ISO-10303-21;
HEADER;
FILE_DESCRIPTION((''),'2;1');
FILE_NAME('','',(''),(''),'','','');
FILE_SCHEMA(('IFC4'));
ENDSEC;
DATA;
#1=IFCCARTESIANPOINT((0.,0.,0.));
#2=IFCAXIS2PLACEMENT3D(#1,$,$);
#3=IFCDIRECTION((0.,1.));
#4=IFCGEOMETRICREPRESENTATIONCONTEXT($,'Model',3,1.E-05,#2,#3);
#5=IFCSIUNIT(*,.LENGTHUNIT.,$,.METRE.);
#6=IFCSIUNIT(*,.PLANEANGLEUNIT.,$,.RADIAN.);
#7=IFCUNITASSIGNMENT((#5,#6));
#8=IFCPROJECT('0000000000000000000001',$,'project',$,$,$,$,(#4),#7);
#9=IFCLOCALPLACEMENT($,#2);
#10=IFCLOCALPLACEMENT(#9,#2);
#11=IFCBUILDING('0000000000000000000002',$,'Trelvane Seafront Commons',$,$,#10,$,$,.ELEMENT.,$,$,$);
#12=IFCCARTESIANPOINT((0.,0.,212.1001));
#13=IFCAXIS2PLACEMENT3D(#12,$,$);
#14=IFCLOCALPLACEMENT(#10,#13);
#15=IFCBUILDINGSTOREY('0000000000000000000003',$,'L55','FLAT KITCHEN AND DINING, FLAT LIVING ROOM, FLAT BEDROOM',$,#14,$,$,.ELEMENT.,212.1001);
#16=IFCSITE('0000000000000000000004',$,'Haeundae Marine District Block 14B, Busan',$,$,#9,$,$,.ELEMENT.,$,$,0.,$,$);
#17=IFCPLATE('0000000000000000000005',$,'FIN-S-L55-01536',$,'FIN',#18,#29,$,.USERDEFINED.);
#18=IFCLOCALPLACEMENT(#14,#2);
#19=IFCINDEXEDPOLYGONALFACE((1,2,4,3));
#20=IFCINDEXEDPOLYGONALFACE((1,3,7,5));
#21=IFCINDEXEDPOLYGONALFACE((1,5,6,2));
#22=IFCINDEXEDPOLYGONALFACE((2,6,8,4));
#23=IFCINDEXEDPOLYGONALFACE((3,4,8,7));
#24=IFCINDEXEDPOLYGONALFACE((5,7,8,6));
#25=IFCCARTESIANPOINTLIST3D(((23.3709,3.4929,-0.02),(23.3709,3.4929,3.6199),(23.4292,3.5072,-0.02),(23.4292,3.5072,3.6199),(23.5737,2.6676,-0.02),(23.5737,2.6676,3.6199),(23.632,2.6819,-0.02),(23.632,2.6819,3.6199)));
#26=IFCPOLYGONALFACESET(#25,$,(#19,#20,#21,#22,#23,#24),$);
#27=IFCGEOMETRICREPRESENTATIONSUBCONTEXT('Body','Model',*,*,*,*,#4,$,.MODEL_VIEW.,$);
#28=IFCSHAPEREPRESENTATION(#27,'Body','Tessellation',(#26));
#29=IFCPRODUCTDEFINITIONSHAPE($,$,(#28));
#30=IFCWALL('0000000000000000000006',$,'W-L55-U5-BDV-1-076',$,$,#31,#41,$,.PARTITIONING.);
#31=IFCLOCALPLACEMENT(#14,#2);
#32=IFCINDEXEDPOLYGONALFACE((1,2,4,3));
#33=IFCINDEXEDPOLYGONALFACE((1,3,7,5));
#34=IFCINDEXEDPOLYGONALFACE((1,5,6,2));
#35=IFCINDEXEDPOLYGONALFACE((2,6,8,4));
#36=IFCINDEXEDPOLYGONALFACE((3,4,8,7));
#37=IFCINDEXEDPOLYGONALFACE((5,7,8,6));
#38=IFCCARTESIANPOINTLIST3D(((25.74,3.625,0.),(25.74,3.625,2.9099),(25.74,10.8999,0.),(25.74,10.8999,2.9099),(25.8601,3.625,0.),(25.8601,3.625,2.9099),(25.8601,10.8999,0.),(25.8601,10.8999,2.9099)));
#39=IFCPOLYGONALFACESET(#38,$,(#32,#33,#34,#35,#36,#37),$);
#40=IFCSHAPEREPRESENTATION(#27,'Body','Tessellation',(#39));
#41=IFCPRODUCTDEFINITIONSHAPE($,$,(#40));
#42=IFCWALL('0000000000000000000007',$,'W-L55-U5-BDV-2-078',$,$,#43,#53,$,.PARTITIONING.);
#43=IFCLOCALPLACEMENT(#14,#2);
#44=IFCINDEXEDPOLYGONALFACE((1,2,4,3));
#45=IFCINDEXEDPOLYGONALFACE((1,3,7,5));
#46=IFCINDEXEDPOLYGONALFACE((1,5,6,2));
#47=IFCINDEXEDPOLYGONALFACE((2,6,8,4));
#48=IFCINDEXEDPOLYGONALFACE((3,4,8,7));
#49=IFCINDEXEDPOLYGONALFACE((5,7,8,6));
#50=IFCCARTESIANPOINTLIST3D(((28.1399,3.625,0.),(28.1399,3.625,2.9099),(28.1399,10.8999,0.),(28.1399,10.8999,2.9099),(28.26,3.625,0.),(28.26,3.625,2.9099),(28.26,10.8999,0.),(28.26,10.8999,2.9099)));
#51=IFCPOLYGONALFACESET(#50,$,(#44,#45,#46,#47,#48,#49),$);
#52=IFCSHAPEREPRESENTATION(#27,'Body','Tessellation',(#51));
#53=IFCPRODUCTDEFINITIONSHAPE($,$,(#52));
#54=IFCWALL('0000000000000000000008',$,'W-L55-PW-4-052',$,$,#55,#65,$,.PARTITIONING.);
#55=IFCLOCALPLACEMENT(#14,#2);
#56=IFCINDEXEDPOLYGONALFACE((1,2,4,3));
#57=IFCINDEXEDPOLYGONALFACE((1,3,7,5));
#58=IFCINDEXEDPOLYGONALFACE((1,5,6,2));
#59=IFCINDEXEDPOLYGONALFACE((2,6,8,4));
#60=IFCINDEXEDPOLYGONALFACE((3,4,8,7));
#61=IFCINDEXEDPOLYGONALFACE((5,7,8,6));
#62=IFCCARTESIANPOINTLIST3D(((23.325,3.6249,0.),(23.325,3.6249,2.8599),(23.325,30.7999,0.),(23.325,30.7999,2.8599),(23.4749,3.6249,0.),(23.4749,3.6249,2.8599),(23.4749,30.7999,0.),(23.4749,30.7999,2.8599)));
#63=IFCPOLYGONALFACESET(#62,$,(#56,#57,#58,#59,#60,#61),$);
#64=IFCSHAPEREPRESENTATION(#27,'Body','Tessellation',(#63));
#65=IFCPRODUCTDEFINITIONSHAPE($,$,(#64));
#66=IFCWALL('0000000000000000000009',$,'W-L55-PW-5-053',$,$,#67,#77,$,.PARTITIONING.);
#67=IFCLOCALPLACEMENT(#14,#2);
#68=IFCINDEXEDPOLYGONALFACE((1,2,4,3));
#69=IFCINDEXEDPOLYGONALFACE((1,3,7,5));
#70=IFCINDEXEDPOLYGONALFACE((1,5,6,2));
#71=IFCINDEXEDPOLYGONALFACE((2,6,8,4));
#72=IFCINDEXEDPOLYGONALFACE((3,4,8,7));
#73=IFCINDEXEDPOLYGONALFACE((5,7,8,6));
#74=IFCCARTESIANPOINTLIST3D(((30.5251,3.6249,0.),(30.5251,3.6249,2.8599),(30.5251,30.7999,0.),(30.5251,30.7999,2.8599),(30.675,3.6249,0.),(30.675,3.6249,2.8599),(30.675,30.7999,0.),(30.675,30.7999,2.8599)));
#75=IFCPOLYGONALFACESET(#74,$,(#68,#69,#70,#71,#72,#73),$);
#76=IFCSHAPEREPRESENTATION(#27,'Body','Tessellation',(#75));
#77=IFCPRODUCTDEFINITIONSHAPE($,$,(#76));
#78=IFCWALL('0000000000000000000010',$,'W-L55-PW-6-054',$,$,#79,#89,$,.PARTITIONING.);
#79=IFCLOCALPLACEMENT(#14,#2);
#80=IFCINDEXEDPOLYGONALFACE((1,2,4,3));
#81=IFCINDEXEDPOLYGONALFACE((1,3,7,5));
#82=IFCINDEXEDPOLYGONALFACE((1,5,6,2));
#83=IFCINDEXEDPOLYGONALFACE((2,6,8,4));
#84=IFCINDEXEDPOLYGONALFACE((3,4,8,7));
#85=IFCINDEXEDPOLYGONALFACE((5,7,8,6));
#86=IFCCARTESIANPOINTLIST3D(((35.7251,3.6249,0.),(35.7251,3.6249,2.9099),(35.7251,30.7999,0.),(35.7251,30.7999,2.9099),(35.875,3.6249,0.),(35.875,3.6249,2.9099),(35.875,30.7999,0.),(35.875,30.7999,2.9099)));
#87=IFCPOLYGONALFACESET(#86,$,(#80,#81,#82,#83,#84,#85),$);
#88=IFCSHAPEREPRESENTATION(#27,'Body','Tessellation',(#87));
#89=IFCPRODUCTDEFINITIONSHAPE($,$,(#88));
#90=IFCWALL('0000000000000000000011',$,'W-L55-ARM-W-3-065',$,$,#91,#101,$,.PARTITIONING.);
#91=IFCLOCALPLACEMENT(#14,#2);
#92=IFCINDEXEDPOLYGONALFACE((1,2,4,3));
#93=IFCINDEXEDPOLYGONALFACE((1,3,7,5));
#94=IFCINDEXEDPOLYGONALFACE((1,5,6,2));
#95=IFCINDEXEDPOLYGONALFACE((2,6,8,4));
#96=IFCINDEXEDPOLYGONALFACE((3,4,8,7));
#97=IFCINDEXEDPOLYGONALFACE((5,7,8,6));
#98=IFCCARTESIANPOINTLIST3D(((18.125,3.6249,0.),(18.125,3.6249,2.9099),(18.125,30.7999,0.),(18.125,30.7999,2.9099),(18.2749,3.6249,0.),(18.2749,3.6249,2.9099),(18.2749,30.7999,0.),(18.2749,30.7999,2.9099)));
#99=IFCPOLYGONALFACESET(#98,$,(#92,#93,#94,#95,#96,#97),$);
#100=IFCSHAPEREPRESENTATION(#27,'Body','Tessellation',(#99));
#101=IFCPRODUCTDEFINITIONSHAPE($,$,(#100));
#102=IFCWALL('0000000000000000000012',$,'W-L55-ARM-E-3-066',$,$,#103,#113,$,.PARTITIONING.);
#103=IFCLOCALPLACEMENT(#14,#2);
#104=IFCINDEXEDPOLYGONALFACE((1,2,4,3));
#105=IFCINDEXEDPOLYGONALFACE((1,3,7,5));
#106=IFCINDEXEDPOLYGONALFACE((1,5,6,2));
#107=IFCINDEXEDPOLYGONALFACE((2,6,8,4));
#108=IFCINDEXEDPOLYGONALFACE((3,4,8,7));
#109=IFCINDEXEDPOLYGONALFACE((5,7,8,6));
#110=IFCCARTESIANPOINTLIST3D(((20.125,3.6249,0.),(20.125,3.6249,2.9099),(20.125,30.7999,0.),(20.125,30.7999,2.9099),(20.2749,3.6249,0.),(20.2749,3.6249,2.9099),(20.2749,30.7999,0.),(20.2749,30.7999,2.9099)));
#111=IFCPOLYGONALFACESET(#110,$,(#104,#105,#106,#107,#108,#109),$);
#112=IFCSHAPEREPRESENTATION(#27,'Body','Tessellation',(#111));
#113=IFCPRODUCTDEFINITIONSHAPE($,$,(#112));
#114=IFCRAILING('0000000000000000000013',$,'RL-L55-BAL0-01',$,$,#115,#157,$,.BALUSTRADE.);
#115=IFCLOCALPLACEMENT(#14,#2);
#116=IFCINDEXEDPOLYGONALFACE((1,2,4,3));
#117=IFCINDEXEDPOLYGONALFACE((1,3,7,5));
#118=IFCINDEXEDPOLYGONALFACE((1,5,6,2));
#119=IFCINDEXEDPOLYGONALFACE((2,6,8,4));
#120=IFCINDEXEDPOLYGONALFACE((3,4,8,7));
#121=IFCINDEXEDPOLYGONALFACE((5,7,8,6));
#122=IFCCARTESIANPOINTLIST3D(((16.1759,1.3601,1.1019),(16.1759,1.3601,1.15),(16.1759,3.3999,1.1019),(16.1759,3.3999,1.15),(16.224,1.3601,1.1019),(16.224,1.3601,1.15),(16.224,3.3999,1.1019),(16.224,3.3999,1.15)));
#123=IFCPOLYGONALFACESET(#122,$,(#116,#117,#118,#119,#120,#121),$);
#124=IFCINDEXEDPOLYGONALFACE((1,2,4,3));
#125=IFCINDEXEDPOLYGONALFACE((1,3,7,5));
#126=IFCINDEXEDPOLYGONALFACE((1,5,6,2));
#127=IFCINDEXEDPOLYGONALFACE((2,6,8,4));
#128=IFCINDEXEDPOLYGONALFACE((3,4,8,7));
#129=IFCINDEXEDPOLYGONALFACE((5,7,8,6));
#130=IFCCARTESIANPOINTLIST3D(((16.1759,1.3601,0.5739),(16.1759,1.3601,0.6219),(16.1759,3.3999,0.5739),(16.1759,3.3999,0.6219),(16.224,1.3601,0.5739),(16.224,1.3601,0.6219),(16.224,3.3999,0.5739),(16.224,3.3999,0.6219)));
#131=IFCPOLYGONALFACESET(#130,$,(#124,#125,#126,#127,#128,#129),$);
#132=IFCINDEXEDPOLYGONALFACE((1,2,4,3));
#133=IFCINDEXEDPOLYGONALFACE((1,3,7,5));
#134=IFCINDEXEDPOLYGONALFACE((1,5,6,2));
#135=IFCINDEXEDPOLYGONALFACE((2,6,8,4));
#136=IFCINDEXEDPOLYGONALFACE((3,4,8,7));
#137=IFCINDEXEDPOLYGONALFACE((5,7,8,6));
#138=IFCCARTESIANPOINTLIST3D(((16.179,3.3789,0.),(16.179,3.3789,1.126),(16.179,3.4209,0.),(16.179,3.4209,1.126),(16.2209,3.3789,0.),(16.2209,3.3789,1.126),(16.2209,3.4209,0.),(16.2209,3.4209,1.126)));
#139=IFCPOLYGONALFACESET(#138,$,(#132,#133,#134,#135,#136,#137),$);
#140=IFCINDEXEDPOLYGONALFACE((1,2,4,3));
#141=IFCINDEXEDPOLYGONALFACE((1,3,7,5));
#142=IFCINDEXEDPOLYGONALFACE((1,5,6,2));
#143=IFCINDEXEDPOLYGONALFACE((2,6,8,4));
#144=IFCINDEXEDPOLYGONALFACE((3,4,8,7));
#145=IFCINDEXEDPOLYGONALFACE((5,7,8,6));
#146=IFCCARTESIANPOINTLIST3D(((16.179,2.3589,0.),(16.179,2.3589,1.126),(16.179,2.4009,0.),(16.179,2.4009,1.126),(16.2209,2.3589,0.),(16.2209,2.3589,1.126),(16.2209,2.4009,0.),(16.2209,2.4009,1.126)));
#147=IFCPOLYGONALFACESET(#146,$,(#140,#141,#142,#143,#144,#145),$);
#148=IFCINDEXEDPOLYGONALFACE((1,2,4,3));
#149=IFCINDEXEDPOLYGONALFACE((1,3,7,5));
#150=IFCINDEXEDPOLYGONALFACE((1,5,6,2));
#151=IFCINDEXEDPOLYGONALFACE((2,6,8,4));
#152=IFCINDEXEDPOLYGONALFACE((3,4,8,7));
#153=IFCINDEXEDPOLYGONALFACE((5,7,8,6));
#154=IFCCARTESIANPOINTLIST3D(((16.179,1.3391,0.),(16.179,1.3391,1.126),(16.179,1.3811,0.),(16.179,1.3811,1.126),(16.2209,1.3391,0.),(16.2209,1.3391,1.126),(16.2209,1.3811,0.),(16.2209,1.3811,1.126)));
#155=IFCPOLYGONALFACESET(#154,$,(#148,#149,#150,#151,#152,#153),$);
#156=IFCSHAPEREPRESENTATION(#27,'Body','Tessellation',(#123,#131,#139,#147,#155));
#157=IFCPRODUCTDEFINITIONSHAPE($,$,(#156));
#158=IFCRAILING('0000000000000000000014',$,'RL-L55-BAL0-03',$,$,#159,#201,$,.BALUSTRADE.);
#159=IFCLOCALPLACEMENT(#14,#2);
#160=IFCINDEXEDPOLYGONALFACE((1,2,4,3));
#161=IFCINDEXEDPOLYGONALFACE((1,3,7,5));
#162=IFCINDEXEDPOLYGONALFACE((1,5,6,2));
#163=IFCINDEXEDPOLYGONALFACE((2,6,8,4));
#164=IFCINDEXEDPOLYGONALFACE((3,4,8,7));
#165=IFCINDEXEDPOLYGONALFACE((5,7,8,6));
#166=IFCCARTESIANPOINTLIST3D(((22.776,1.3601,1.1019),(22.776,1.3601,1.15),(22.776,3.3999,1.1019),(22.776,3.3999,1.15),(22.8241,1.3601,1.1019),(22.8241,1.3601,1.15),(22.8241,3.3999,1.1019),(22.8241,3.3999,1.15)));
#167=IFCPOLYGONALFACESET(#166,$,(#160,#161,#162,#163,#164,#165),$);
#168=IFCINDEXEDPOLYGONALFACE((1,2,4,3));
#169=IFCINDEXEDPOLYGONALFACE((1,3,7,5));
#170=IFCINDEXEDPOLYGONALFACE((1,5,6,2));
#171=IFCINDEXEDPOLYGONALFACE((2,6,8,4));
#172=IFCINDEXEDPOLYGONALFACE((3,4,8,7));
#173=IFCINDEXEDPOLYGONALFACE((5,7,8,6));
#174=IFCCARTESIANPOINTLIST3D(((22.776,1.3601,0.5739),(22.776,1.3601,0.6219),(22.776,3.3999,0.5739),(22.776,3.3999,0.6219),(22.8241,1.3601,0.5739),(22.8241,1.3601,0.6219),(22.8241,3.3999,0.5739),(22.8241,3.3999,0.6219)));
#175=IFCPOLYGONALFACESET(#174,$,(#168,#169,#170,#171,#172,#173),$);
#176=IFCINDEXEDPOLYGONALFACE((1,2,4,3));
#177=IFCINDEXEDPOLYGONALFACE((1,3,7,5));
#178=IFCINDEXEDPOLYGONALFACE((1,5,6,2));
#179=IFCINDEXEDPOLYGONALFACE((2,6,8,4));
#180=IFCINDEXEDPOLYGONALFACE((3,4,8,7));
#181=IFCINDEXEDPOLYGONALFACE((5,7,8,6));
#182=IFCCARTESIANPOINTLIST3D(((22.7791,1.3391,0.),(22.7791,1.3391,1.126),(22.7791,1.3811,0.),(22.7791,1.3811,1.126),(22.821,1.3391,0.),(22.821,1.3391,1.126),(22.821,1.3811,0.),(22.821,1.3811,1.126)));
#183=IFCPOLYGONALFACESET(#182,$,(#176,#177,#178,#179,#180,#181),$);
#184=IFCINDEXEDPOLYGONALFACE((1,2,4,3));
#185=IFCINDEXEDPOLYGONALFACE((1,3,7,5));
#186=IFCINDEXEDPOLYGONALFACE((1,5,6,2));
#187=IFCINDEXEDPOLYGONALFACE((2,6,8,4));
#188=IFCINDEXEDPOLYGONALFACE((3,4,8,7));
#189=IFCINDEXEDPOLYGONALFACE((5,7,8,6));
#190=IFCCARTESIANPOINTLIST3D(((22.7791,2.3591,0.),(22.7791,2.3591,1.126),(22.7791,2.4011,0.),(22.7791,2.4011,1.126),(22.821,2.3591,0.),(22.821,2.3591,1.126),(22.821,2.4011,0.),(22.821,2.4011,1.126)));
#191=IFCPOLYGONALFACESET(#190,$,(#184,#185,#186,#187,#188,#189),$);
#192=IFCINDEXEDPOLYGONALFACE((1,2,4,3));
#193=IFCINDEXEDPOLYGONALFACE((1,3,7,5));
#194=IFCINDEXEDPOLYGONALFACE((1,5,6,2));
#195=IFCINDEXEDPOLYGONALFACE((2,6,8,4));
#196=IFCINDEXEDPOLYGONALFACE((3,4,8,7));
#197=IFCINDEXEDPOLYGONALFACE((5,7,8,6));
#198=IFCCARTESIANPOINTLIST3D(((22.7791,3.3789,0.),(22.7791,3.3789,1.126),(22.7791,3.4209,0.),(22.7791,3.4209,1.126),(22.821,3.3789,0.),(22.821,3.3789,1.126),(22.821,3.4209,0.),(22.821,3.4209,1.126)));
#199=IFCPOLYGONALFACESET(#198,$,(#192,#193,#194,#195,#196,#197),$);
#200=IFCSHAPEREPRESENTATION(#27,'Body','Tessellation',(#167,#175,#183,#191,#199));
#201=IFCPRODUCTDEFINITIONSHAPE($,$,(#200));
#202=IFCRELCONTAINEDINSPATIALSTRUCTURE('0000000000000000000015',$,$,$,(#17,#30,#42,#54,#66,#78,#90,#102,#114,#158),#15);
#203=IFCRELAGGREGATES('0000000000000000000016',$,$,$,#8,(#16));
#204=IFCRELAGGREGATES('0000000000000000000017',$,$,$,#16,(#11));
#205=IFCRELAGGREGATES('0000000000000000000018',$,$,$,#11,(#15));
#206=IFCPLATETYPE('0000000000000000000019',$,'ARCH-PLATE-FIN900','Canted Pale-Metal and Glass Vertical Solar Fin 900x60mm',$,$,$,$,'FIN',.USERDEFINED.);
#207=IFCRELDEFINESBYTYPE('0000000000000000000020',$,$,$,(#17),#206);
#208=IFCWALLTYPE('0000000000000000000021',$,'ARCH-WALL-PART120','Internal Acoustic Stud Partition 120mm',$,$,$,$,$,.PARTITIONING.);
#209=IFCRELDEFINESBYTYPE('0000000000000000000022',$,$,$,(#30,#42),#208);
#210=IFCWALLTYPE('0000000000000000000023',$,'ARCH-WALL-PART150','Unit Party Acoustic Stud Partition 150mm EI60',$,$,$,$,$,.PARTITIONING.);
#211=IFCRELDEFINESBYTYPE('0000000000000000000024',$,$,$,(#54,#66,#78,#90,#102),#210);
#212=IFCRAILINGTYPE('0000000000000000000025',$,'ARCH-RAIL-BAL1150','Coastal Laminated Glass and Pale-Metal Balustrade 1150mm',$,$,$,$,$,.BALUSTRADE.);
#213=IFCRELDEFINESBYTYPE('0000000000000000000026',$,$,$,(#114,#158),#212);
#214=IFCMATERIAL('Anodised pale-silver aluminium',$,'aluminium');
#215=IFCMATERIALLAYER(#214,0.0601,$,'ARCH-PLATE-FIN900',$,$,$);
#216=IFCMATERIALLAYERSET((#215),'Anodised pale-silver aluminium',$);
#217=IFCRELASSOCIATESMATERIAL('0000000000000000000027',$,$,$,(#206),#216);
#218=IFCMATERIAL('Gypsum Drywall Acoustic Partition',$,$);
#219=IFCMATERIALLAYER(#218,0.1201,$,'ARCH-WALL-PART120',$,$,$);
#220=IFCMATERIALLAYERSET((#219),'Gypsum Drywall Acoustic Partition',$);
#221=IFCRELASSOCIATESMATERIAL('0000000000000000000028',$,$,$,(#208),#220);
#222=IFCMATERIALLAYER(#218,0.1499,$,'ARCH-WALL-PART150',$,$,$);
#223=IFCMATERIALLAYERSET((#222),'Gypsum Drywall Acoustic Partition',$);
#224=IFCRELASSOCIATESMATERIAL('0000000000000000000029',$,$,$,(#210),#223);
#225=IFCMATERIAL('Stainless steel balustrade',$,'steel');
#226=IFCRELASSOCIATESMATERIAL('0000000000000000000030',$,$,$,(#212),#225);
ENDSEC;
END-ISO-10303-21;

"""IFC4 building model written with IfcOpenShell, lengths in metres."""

from ifc_helpers import new_model, si_unit, direction, frame, frame_2d, origin, origin_2d, place, context, subcontext, project, spatial, rectangle, extrude, source, transform, mapped, material, layer, layer_set, type_object, element, save


model = new_model("IFC4")

# Units and contexts
model_context = context("Model", 3, precision=1e-05, world=origin(), true_north=direction((0.0, 1.0)))
body_context = subcontext(model_context, "Body", "Model", "MODEL_VIEW")
ifc_project = project(units=[si_unit("LENGTHUNIT", "METRE"), si_unit("PLANEANGLEUNIT", "RADIAN")], contexts=[model_context])

# Site, building, storey
site_placement = place(None, origin())
site = spatial("IfcSite", under=ifc_project, at=site_placement, Name="Haeundae Marine District Block 14B, Busan", CompositionType="ELEMENT", RefElevation=0.0)
building_placement = place(site_placement, origin())
building = spatial("IfcBuilding", under=site, at=building_placement, Name="Trelvane Seafront Commons", CompositionType="ELEMENT")
storey_placement = place(building_placement, frame((0.0, 0.0, 212.1001)))
storey = spatial("IfcBuildingStorey", under=building, at=storey_placement, Name="L55", Description="FLAT KITCHEN AND DINING, FLAT LIVING ROOM, FLAT BEDROOM", CompositionType="ELEMENT", Elevation=212.1001)

# Plate
ifc_material_1 = material(Name="Anodised pale-silver aluminium", Category="aluminium")
ifc_layer_1 = layer(ifc_material_1, 0.0601, Name="ARCH-PLATE-FIN900")
ifc_layer_set_1 = layer_set([ifc_layer_1], Name="Anodised pale-silver aluminium")
plate_type_1 = type_object("IfcPlateType", Name="ARCH-PLATE-FIN900", Description="Canted Pale-Metal and Glass Vertical Solar Fin 900x60mm", ElementType="FIN", PredefinedType="USERDEFINED", material=ifc_layer_set_1)
shared_shape_1 = source(origin(), body_context, "Body", "SweptSolid", [
    extrude(rectangle(XDim=0.8499, YDim=0.0601, at=origin_2d()), origin(), (0.0, 0.0, 1.0), 3.6399),
])
plate_1_placement = place(storey_placement, frame((23.5015, 3.0874, -0.02), z_axis=(0.0, 0.0, 1.0), x_axis=(0.238603, -0.971117, 0.0)))
element("IfcPlate", 1, at=plate_1_placement, inside=storey, type_object=plate_type_1, Name="FIN-S-L55-01536", ObjectType="FIN", PredefinedType="USERDEFINED", context=body_context, shape_type="MappedRepresentation", body=[
    mapped(shared_shape_1, transform((0.0, 0.0, 0.0), x_axis=(1.0, 0.0, 0.0), y_axis=(0.0, 1.0, 0.0), z_axis=(0.0, 0.0, 1.0), scale=1.0)),
])

# Shared definitions
ifc_material_2 = material(Name="Gypsum Drywall Acoustic Partition")
ifc_layer_2 = layer(ifc_material_2, 0.1201, Name="ARCH-WALL-PART120")
ifc_layer_set_2 = layer_set([ifc_layer_2], Name="Gypsum Drywall Acoustic Partition")
wall_type_1 = type_object("IfcWallType", Name="ARCH-WALL-PART120", Description="Internal Acoustic Stud Partition 120mm", PredefinedType="PARTITIONING", material=ifc_layer_set_2)

# Wall
wall_1_placement = place(storey_placement, frame((25.8, 3.625, 0.0), z_axis=(0.0, 0.0, 1.0), x_axis=(0.0, 1.0, 0.0)))
element("IfcWall", 2, at=wall_1_placement, inside=storey, type_object=wall_type_1, Name="W-L55-U5-BDV-1-076", PredefinedType="PARTITIONING", context=body_context, shape_type="SweptSolid", body=[
    extrude(rectangle(XDim=7.2749, YDim=0.1201, at=frame_2d((3.6375, 0.0))), origin(), (0.0, 0.0, 1.0), 2.9099),
])

# Walls
wall_2_placement = place(storey_placement, frame((28.2, 3.625, 0.0), z_axis=(0.0, 0.0, 1.0), x_axis=(0.0, 1.0, 0.0)))
element("IfcWall", 3, at=wall_2_placement, inside=storey, type_object=wall_type_1, Name="W-L55-U5-BDV-2-078", PredefinedType="PARTITIONING", context=body_context, shape_type="SweptSolid", body=[
    extrude(rectangle(XDim=7.2749, YDim=0.1201, at=frame_2d((3.6375, 0.0))), origin(), (0.0, 0.0, 1.0), 2.9099),
])
ifc_layer_3 = layer(ifc_material_2, 0.1499, Name="ARCH-WALL-PART150")
ifc_layer_set_3 = layer_set([ifc_layer_3], Name="Gypsum Drywall Acoustic Partition")
wall_type_2 = type_object("IfcWallType", Name="ARCH-WALL-PART150", Description="Unit Party Acoustic Stud Partition 150mm EI60", PredefinedType="PARTITIONING", material=ifc_layer_set_3)
for number, where, z_axis, x_axis, name in (
    (4, (23.3999, 3.625, 0.0), (0.0, 0.0, 1.0), (0.0, 1.0, 0.0), "W-L55-PW-4-052"),
    (5, (30.6001, 3.625, 0.0), (0.0, 0.0, 1.0), (0.0, 1.0, 0.0), "W-L55-PW-5-053"),
):
    element("IfcWall", number, at=place(storey_placement, frame(where, z_axis=z_axis, x_axis=x_axis)), inside=storey, type_object=wall_type_2, Name=name, PredefinedType="PARTITIONING", context=body_context, shape_type="SweptSolid", body=[
        extrude(rectangle(XDim=27.175, YDim=0.1499, at=frame_2d((13.5874, 0.0))), origin(), (0.0, 0.0, 1.0), 2.8599),
    ])
for number, where, z_axis, x_axis, name in (
    (6, (35.8, 3.625, 0.0), (0.0, 0.0, 1.0), (0.0, 1.0, 0.0), "W-L55-PW-6-054"),
    (7, (18.2, 3.625, 0.0), (0.0, 0.0, 1.0), (0.0, 1.0, 0.0), "W-L55-ARM-W-3-065"),
    (8, (20.2, 3.625, 0.0), (0.0, 0.0, 1.0), (0.0, 1.0, 0.0), "W-L55-ARM-E-3-066"),
):
    element("IfcWall", number, at=place(storey_placement, frame(where, z_axis=z_axis, x_axis=x_axis)), inside=storey, type_object=wall_type_2, Name=name, PredefinedType="PARTITIONING", context=body_context, shape_type="SweptSolid", body=[
        extrude(rectangle(XDim=27.175, YDim=0.1499, at=frame_2d((13.5874, 0.0))), origin(), (0.0, 0.0, 1.0), 2.9099),
    ])

# Railings
ifc_material_3 = material(Name="Stainless steel balustrade", Category="steel")
railing_type = type_object("IfcRailingType", Name="ARCH-RAIL-BAL1150", Description="Coastal Laminated Glass and Pale-Metal Balustrade 1150mm", PredefinedType="BALUSTRADE", material=ifc_material_3)
railing_1_placement = place(storey_placement, frame((16.2, 3.3999, 0.0)))
element("IfcRailing", 9, at=railing_1_placement, inside=storey, type_object=railing_type, Name="RL-L55-BAL0-01", PredefinedType="BALUSTRADE", context=body_context, shape_type="SweptSolid", body=[
    extrude(rectangle(XDim=0.0481, YDim=0.0481, at=origin_2d()), frame((0.0, 0.0, 1.126), z_axis=(0.0, -1.0, 0.0), x_axis=(1.0, 0.0, 0.0)), (0.0, 0.0, 1.0), 2.0398),
    extrude(rectangle(XDim=0.0481, YDim=0.0481, at=origin_2d()), frame((0.0, 0.0, 0.5979), z_axis=(0.0, -1.0, 0.0), x_axis=(1.0, 0.0, 0.0)), (0.0, 0.0, 1.0), 2.0398),
    extrude(rectangle(XDim=0.042, YDim=0.042, at=origin_2d()), origin(), (0.0, 0.0, 1.0), 1.126),
    extrude(rectangle(XDim=0.042, YDim=0.042, at=origin_2d()), frame((0.0, -1.02, 0.0)), (0.0, 0.0, 1.0), 1.126),
    extrude(rectangle(XDim=0.042, YDim=0.042, at=origin_2d()), frame((0.0, -2.0398, 0.0)), (0.0, 0.0, 1.0), 1.126),
])
railing_2_placement = place(storey_placement, frame((22.8, 1.3601, 0.0)))
element("IfcRailing", 10, at=railing_2_placement, inside=storey, type_object=railing_type, Name="RL-L55-BAL0-03", PredefinedType="BALUSTRADE", context=body_context, shape_type="SweptSolid", body=[
    extrude(rectangle(XDim=0.0481, YDim=0.0481, at=origin_2d()), frame((0.0, 0.0, 1.126), z_axis=(0.0, 1.0, 0.0), x_axis=(-1.0, 0.0, 0.0)), (0.0, 0.0, 1.0), 2.0398),
    extrude(rectangle(XDim=0.0481, YDim=0.0481, at=origin_2d()), frame((0.0, 0.0, 0.5979), z_axis=(0.0, 1.0, 0.0), x_axis=(-1.0, 0.0, 0.0)), (0.0, 0.0, 1.0), 2.0398),
    extrude(rectangle(XDim=0.042, YDim=0.042, at=origin_2d()), origin(), (0.0, 0.0, 1.0), 1.126),
    extrude(rectangle(XDim=0.042, YDim=0.042, at=origin_2d()), frame((0.0, 1.02, 0.0)), (0.0, 0.0, 1.0), 1.126),
    extrude(rectangle(XDim=0.042, YDim=0.042, at=origin_2d()), frame((0.0, 2.0398, 0.0)), (0.0, 0.0, 1.0), 1.126),
])

save(model, "model.ifc")
